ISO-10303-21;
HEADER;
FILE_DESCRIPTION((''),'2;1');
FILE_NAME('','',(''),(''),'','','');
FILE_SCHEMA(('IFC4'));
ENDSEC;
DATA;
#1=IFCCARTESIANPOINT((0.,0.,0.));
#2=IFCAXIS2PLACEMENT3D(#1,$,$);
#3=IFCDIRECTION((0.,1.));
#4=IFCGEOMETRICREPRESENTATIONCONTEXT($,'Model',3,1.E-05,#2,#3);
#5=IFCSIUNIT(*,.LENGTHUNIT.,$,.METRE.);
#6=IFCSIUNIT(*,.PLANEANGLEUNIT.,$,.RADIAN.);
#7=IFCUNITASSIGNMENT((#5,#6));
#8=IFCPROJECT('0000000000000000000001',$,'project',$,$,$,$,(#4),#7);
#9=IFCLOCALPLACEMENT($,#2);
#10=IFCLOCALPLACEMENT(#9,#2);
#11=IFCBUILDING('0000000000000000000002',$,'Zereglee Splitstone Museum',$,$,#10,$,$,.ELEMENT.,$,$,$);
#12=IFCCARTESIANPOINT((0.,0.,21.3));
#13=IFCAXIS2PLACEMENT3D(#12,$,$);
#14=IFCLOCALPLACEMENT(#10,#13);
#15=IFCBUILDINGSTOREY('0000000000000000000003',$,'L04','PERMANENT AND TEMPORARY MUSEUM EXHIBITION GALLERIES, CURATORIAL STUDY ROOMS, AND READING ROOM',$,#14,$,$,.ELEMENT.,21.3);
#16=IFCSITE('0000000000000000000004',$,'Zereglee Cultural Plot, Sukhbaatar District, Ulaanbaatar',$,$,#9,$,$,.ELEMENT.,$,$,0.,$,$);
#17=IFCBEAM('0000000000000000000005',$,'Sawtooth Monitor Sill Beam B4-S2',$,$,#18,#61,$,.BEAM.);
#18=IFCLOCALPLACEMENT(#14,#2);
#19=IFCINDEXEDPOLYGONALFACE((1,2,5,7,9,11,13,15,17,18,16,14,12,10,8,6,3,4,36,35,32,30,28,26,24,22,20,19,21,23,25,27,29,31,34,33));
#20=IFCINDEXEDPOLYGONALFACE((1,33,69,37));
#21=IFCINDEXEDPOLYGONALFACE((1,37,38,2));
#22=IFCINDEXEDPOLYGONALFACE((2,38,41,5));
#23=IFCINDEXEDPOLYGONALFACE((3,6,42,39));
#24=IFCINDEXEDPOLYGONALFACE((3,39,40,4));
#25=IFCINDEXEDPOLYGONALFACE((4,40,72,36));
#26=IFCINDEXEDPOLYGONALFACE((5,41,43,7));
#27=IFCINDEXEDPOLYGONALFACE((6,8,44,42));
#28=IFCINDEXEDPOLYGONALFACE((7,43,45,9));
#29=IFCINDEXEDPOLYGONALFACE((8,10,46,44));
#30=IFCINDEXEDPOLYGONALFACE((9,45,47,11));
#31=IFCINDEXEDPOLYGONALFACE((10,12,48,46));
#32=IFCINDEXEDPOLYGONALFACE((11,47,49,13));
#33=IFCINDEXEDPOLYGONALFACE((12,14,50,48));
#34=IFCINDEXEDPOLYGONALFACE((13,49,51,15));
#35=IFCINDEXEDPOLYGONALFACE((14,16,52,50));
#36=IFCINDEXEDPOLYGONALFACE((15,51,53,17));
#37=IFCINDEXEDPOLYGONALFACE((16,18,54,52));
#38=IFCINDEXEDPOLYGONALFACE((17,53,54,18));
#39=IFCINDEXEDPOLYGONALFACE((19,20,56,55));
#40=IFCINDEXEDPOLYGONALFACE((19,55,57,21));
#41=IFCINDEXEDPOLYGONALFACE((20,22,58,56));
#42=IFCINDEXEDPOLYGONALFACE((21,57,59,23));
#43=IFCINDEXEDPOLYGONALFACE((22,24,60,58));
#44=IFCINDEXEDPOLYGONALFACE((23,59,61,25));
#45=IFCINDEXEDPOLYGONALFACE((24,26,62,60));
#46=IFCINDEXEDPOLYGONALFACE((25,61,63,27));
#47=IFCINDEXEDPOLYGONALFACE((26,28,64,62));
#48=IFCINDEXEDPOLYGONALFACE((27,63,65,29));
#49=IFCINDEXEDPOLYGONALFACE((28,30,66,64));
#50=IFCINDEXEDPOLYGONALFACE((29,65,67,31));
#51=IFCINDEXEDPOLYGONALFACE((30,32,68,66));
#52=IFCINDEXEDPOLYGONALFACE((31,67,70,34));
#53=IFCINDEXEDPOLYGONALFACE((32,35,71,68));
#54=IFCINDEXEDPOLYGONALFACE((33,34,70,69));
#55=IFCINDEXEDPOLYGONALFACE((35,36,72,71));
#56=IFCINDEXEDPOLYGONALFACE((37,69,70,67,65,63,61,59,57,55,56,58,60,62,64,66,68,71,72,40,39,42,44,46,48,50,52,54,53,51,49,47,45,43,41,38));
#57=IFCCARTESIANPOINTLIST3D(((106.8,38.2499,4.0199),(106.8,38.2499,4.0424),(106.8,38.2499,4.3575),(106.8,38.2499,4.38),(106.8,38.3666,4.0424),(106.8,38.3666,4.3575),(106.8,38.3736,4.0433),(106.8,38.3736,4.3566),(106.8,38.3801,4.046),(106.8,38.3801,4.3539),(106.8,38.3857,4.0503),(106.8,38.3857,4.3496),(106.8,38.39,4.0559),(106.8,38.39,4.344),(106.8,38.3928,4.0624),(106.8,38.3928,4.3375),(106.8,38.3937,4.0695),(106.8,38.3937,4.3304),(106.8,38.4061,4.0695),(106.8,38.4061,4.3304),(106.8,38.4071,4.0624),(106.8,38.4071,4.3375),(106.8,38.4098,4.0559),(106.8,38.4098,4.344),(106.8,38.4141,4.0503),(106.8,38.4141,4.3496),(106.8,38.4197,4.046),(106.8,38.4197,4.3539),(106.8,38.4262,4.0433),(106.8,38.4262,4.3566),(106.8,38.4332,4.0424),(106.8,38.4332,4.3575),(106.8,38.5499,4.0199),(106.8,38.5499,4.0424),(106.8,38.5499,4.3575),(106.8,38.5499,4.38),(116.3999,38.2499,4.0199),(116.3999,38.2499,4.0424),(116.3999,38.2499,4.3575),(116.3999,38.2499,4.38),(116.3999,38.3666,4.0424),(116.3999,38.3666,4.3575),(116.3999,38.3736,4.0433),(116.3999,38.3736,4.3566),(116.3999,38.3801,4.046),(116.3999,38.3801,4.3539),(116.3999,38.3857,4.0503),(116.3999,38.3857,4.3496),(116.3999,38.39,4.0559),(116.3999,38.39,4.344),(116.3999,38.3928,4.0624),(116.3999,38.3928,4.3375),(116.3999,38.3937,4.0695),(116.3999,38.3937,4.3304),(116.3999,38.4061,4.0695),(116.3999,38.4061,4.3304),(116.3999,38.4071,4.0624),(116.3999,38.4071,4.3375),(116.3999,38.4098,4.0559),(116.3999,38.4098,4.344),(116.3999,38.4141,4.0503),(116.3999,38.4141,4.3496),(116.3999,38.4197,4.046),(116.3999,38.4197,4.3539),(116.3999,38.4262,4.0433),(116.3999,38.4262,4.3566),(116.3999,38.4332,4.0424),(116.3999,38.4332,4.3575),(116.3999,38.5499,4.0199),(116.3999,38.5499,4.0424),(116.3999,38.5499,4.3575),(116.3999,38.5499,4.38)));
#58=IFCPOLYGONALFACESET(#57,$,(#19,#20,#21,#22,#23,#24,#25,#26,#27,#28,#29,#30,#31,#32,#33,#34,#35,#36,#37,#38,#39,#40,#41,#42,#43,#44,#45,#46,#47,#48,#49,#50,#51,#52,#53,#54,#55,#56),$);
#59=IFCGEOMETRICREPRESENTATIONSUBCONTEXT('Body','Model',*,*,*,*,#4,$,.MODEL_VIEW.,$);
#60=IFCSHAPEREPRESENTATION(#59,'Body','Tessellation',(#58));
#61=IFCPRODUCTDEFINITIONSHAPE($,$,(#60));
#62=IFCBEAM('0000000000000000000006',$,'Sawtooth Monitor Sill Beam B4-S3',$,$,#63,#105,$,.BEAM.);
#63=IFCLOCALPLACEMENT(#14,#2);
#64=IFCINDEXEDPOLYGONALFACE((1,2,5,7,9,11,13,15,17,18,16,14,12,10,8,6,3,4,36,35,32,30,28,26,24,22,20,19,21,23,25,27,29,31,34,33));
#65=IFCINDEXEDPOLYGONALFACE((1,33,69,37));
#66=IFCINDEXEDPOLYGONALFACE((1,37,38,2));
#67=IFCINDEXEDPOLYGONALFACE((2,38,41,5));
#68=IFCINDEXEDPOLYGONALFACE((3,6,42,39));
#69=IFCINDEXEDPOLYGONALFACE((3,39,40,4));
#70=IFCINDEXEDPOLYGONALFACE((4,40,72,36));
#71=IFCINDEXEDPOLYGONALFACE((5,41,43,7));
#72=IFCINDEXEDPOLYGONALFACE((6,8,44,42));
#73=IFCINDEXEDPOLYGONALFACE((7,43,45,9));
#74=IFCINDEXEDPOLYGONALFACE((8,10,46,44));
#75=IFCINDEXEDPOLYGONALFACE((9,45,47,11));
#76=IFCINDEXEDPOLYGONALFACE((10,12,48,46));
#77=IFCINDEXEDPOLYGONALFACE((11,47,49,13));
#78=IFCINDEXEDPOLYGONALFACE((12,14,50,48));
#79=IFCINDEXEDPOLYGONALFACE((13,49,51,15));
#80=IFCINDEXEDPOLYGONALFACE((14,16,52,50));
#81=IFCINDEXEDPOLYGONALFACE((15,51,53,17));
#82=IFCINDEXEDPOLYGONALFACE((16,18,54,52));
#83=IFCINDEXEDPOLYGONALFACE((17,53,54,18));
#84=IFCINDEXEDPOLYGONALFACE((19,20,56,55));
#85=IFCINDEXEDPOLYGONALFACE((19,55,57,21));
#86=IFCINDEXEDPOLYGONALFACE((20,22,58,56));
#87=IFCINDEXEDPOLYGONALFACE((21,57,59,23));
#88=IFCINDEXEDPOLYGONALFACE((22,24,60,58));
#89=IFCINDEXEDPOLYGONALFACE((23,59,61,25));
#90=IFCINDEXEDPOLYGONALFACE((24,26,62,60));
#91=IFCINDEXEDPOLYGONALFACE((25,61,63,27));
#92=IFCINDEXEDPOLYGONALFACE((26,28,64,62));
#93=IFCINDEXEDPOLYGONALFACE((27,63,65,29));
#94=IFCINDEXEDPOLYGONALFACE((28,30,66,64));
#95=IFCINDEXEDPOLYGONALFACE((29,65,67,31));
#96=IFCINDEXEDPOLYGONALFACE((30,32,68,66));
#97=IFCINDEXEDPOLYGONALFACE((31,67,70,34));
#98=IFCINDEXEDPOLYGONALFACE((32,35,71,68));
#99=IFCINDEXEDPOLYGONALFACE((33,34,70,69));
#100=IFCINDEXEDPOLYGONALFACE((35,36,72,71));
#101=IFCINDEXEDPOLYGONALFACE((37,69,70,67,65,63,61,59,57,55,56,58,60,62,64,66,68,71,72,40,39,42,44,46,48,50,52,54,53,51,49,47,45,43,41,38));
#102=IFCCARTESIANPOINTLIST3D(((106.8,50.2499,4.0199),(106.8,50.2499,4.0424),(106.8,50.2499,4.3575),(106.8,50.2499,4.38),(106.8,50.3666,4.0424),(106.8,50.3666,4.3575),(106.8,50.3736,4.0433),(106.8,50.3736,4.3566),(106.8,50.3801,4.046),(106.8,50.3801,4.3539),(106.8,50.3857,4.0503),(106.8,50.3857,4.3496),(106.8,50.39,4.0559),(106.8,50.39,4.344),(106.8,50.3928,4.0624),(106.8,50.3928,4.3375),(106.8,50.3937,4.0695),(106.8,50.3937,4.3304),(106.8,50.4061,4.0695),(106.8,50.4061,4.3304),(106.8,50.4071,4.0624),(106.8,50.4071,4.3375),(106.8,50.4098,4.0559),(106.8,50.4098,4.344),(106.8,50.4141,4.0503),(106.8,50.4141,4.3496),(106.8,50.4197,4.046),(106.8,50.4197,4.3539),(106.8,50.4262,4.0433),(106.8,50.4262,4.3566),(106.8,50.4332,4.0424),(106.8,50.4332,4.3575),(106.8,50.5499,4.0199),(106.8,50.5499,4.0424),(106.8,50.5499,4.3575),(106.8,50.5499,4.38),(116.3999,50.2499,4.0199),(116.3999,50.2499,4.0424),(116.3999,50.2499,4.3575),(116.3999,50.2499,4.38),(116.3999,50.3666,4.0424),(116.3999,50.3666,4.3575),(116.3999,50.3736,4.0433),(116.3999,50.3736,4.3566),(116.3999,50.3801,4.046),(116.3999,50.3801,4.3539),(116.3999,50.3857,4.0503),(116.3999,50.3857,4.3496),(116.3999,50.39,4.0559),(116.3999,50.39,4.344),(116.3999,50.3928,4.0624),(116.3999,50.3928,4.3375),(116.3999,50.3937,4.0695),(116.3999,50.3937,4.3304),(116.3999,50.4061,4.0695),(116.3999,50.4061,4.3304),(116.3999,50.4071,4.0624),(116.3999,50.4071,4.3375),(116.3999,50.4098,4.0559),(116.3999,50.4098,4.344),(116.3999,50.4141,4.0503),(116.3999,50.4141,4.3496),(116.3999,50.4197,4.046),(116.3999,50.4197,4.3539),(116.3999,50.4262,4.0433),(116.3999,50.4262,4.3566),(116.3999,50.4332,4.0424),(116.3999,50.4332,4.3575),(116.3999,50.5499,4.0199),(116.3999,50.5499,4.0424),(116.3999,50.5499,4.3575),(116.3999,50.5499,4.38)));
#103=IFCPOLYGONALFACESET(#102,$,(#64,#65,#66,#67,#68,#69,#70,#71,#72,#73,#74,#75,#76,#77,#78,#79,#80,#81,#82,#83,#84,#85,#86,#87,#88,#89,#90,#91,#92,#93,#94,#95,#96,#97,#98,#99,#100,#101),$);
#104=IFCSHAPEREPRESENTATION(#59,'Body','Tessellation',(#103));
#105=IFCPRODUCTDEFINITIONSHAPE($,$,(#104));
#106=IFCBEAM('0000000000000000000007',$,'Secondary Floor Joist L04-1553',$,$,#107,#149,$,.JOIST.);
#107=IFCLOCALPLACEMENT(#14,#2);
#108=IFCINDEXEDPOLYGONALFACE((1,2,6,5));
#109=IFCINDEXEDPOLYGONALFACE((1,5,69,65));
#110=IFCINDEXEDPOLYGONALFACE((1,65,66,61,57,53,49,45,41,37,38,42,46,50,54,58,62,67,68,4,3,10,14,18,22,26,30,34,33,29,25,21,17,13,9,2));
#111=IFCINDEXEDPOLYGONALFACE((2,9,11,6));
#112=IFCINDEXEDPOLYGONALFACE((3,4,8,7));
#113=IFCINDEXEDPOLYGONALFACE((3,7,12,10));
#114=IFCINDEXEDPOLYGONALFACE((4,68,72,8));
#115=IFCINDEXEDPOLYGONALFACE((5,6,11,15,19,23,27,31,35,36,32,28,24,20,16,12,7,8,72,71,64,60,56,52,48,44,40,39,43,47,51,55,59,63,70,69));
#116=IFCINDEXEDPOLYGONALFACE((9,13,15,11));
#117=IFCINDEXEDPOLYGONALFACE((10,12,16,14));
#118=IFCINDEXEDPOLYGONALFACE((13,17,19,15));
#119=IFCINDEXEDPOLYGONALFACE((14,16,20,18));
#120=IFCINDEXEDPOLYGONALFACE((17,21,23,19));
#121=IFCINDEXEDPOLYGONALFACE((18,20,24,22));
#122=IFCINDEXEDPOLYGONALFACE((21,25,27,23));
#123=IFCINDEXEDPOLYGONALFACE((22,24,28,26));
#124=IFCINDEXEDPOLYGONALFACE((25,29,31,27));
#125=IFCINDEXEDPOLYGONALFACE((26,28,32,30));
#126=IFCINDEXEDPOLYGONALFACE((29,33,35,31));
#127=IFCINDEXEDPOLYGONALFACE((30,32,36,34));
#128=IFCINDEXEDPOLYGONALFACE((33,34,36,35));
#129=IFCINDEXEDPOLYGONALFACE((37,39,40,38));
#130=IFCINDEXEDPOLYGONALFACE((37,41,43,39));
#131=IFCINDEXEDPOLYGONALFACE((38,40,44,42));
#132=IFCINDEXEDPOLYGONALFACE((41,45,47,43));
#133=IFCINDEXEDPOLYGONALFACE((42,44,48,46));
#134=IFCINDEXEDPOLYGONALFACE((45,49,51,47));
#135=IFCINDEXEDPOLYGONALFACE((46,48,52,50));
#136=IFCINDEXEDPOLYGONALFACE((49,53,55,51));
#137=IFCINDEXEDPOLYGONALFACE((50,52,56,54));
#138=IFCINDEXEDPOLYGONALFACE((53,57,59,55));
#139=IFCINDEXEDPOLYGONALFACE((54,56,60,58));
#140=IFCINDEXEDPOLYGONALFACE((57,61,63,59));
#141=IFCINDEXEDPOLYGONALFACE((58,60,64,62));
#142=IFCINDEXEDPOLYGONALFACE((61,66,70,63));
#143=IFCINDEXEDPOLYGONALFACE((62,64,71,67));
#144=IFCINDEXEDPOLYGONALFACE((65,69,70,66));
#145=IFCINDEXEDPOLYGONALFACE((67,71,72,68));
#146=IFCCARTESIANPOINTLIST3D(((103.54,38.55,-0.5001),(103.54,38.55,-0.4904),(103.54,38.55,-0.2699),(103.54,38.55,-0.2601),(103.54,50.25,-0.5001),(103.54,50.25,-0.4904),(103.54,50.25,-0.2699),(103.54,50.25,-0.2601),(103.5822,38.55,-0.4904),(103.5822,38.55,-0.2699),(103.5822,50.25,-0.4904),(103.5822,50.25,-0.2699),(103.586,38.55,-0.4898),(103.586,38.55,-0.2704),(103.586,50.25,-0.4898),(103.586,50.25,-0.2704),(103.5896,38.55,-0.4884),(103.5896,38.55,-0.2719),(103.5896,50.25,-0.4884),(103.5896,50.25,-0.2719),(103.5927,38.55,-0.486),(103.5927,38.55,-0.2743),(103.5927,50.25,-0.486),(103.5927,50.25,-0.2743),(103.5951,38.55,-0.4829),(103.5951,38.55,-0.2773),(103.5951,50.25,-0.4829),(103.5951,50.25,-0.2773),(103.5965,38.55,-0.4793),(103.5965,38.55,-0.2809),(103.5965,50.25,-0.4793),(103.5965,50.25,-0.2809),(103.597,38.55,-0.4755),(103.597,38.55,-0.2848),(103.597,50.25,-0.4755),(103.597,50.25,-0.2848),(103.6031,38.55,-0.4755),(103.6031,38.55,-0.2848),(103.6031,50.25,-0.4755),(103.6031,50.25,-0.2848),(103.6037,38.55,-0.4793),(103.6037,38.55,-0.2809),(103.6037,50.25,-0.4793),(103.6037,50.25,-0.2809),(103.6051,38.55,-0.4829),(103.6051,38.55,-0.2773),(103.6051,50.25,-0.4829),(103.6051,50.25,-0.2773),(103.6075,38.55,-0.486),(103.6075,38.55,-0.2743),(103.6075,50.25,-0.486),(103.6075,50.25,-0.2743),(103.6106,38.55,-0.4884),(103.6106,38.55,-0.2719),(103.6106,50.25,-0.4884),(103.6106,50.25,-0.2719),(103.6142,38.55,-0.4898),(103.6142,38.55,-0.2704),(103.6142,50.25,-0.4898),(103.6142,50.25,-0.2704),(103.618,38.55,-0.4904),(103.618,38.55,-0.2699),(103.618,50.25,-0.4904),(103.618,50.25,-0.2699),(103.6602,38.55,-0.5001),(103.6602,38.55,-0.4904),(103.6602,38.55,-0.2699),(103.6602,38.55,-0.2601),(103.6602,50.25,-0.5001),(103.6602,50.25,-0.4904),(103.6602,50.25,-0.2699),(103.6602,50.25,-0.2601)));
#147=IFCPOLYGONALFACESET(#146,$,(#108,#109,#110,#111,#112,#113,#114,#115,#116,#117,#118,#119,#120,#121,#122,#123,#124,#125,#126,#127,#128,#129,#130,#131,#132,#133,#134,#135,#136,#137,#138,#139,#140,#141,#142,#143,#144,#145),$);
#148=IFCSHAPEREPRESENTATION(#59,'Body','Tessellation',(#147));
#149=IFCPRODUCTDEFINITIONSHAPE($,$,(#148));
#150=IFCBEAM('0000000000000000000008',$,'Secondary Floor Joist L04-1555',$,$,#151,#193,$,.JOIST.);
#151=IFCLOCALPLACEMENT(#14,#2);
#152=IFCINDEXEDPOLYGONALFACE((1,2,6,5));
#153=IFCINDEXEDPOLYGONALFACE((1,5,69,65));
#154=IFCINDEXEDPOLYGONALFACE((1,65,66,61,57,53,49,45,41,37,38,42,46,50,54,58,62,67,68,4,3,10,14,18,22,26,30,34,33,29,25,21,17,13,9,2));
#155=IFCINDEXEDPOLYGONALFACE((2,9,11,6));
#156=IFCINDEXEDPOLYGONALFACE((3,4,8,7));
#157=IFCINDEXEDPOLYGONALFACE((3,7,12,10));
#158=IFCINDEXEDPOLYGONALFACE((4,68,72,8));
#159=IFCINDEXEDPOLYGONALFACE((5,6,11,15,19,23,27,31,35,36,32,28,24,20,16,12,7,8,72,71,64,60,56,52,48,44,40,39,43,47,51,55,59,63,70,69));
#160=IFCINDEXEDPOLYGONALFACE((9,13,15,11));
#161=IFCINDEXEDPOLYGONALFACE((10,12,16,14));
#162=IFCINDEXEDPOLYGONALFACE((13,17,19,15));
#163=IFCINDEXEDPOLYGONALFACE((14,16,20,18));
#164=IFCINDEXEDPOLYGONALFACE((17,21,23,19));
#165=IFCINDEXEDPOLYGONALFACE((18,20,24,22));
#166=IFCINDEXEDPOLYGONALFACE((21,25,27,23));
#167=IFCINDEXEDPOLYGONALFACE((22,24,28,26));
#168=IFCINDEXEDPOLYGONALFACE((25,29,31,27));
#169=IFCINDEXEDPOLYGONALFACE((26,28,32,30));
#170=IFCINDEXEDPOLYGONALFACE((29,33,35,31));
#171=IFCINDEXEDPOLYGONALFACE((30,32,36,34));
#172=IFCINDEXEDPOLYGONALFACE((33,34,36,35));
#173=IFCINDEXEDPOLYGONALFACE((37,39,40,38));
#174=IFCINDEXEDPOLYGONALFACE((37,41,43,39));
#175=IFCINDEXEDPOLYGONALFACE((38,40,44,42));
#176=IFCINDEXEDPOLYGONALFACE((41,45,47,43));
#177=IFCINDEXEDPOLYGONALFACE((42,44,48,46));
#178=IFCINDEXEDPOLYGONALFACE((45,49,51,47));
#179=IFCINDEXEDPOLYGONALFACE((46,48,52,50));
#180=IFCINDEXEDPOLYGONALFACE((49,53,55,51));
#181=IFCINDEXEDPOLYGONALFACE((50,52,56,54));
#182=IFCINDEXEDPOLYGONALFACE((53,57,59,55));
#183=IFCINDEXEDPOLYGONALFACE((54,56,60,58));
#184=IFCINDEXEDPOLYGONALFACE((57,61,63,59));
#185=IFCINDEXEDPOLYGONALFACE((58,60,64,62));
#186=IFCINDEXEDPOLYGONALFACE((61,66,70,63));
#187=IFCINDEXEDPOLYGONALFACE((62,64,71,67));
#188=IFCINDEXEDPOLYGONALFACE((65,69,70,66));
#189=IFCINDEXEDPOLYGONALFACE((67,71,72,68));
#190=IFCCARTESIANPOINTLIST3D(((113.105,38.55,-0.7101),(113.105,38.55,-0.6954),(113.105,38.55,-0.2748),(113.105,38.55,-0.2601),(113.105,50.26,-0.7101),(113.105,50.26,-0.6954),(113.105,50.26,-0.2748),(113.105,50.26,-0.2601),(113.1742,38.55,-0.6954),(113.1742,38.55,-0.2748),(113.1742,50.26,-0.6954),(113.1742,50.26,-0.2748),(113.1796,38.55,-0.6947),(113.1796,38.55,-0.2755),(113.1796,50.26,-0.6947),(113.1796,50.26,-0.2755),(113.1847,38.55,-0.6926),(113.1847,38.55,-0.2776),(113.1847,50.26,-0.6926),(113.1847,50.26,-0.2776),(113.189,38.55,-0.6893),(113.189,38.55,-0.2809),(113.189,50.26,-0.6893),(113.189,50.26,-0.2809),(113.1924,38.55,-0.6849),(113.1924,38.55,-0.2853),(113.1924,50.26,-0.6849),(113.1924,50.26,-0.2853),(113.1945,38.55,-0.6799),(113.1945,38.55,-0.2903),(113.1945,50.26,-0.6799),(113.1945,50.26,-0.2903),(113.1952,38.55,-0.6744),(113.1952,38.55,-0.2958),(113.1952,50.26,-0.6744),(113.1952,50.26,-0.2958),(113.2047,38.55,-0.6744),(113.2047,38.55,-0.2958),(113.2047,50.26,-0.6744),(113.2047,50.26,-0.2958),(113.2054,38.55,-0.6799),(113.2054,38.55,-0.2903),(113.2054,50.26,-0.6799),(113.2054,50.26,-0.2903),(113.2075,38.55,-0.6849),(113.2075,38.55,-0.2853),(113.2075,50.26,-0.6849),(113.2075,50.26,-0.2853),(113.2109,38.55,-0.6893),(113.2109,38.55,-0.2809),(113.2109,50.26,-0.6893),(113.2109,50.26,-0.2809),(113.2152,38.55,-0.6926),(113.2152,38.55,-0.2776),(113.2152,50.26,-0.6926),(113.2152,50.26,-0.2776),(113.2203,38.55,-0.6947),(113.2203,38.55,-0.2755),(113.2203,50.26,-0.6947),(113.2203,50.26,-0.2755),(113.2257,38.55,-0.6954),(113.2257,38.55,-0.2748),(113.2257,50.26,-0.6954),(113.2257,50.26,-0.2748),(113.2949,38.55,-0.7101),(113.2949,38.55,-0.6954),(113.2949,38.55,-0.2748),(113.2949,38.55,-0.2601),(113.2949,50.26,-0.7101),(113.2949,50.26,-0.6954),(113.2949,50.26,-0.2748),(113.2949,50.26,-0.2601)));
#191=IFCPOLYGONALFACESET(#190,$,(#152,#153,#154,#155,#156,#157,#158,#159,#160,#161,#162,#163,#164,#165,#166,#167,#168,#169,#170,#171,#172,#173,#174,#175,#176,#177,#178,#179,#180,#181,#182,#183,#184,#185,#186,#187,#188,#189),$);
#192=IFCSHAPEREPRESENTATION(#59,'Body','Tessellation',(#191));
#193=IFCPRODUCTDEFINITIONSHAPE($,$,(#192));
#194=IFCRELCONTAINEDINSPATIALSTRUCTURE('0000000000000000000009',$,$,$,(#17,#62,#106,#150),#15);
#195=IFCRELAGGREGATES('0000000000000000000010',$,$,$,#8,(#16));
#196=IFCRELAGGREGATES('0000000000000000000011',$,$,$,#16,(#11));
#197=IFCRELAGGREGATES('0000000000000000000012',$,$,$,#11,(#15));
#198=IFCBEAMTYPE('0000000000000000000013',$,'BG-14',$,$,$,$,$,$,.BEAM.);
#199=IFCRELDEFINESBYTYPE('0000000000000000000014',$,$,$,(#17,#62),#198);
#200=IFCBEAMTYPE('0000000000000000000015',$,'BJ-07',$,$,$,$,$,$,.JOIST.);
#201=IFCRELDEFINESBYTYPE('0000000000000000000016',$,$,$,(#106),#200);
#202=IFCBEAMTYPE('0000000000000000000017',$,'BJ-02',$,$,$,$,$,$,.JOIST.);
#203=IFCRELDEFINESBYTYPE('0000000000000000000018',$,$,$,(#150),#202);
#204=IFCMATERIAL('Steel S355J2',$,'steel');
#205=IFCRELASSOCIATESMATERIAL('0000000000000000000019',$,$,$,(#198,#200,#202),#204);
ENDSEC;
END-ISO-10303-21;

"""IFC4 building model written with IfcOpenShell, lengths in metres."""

from ifc_helpers import new_model, si_unit, direction, frame, origin, origin_2d, place, context, subcontext, project, spatial, i_section, extrude, material, material_profile, profile_set, type_object, element, save


model = new_model("IFC4")

# Units and contexts
model_context = context("Model", 3, precision=1e-05, world=origin(), true_north=direction((0.0, 1.0)))
body_context = subcontext(model_context, "Body", "Model", "MODEL_VIEW")
ifc_project = project(units=[si_unit("LENGTHUNIT", "METRE"), si_unit("PLANEANGLEUNIT", "RADIAN")], contexts=[model_context])

# Site, building, storey
site_placement = place(None, origin())
site = spatial("IfcSite", under=ifc_project, at=site_placement, Name="Zereglee Cultural Plot, Sukhbaatar District, Ulaanbaatar", CompositionType="ELEMENT", RefElevation=0.0)
building_placement = place(site_placement, origin())
building = spatial("IfcBuilding", under=site, at=building_placement, Name="Zereglee Splitstone Museum", CompositionType="ELEMENT")
storey_placement = place(building_placement, frame((0.0, 0.0, 21.3)))
storey = spatial("IfcBuildingStorey", under=building, at=storey_placement, Name="L04", Description="PERMANENT AND TEMPORARY MUSEUM EXHIBITION GALLERIES, CURATORIAL STUDY ROOMS, AND READING ROOM", CompositionType="ELEMENT", Elevation=21.3)

# Shared definitions
ifc_material_1 = material(Name="Steel S355J2", Category="steel")

# Beams
ifc_material_profile_1 = material_profile(ifc_material_1, i_section(OverallWidth=0.3, OverallDepth=0.3601, WebThickness=0.0125, FlangeThickness=0.0225, FilletRadius=0.0271, at=origin_2d()), Name="HE 360 B")
ifc_profile_set_1 = profile_set([ifc_material_profile_1], Name="Steel S355J2")
beam_type_1 = type_object("IfcBeamType", Name="BG-14", PredefinedType="BEAM", material=ifc_profile_set_1)
for number, where, z_axis, x_axis, name in (
    (1, (106.8, 38.3999, 4.2), (1.0, 0.0, 0.0), (0.0, 1.0, 0.0), "Sawtooth Monitor Sill Beam B4-S2"),
    (2, (106.8, 50.3999, 4.2), (1.0, 0.0, 0.0), (0.0, 1.0, 0.0), "Sawtooth Monitor Sill Beam B4-S3"),
):
    element("IfcBeam", number, at=place(storey_placement, frame(where, z_axis=z_axis, x_axis=x_axis)), inside=storey, type_object=beam_type_1, Name=name, PredefinedType="BEAM", context=body_context, shape_type="SweptSolid", body=[
        extrude(i_section(OverallWidth=0.3, OverallDepth=0.3601, WebThickness=0.0125, FlangeThickness=0.0225, FilletRadius=0.0271, at=origin_2d()), origin(), (0.0, 0.0, 1.0), 9.5999),
    ])
ifc_material_profile_2 = material_profile(ifc_material_1, i_section(OverallWidth=0.1201, OverallDepth=0.24, WebThickness=0.0061, FlangeThickness=0.0098, FilletRadius=0.0149, at=origin_2d()), Name="IPE 240")
ifc_profile_set_2 = profile_set([ifc_material_profile_2], Name="Steel S355J2")
beam_type_2 = type_object("IfcBeamType", Name="BJ-07", PredefinedType="JOIST", material=ifc_profile_set_2)
beam_1_placement = place(storey_placement, frame((103.6001, 38.55, -0.3801), z_axis=(0.0, 1.0, 0.0), x_axis=(-1.0, 0.0, 0.0)))
element("IfcBeam", 3, at=beam_1_placement, inside=storey, type_object=beam_type_2, Name="Secondary Floor Joist L04-1553", PredefinedType="JOIST", context=body_context, shape_type="SweptSolid", body=[
    extrude(i_section(OverallWidth=0.1201, OverallDepth=0.24, WebThickness=0.0061, FlangeThickness=0.0098, FilletRadius=0.0149, at=origin_2d()), origin(), (0.0, 0.0, 1.0), 11.7),
])
ifc_material_profile_3 = material_profile(ifc_material_1, i_section(OverallWidth=0.1899, OverallDepth=0.45, WebThickness=0.0095, FlangeThickness=0.0146, FilletRadius=0.021, at=origin_2d()), Name="IPE 450")
ifc_profile_set_3 = profile_set([ifc_material_profile_3], Name="Steel S355J2")
beam_type_3 = type_object("IfcBeamType", Name="BJ-02", PredefinedType="JOIST", material=ifc_profile_set_3)
beam_2_placement = place(storey_placement, frame((113.2, 38.55, -0.4851), z_axis=(0.0, 1.0, 0.0), x_axis=(-1.0, 0.0, 0.0)))
element("IfcBeam", 4, at=beam_2_placement, inside=storey, type_object=beam_type_3, Name="Secondary Floor Joist L04-1555", PredefinedType="JOIST", context=body_context, shape_type="SweptSolid", body=[
    extrude(i_section(OverallWidth=0.1899, OverallDepth=0.45, WebThickness=0.0095, FlangeThickness=0.0146, FilletRadius=0.021, at=origin_2d()), origin(), (0.0, 0.0, 1.0), 11.71),
])

save(model, "model.ifc")
